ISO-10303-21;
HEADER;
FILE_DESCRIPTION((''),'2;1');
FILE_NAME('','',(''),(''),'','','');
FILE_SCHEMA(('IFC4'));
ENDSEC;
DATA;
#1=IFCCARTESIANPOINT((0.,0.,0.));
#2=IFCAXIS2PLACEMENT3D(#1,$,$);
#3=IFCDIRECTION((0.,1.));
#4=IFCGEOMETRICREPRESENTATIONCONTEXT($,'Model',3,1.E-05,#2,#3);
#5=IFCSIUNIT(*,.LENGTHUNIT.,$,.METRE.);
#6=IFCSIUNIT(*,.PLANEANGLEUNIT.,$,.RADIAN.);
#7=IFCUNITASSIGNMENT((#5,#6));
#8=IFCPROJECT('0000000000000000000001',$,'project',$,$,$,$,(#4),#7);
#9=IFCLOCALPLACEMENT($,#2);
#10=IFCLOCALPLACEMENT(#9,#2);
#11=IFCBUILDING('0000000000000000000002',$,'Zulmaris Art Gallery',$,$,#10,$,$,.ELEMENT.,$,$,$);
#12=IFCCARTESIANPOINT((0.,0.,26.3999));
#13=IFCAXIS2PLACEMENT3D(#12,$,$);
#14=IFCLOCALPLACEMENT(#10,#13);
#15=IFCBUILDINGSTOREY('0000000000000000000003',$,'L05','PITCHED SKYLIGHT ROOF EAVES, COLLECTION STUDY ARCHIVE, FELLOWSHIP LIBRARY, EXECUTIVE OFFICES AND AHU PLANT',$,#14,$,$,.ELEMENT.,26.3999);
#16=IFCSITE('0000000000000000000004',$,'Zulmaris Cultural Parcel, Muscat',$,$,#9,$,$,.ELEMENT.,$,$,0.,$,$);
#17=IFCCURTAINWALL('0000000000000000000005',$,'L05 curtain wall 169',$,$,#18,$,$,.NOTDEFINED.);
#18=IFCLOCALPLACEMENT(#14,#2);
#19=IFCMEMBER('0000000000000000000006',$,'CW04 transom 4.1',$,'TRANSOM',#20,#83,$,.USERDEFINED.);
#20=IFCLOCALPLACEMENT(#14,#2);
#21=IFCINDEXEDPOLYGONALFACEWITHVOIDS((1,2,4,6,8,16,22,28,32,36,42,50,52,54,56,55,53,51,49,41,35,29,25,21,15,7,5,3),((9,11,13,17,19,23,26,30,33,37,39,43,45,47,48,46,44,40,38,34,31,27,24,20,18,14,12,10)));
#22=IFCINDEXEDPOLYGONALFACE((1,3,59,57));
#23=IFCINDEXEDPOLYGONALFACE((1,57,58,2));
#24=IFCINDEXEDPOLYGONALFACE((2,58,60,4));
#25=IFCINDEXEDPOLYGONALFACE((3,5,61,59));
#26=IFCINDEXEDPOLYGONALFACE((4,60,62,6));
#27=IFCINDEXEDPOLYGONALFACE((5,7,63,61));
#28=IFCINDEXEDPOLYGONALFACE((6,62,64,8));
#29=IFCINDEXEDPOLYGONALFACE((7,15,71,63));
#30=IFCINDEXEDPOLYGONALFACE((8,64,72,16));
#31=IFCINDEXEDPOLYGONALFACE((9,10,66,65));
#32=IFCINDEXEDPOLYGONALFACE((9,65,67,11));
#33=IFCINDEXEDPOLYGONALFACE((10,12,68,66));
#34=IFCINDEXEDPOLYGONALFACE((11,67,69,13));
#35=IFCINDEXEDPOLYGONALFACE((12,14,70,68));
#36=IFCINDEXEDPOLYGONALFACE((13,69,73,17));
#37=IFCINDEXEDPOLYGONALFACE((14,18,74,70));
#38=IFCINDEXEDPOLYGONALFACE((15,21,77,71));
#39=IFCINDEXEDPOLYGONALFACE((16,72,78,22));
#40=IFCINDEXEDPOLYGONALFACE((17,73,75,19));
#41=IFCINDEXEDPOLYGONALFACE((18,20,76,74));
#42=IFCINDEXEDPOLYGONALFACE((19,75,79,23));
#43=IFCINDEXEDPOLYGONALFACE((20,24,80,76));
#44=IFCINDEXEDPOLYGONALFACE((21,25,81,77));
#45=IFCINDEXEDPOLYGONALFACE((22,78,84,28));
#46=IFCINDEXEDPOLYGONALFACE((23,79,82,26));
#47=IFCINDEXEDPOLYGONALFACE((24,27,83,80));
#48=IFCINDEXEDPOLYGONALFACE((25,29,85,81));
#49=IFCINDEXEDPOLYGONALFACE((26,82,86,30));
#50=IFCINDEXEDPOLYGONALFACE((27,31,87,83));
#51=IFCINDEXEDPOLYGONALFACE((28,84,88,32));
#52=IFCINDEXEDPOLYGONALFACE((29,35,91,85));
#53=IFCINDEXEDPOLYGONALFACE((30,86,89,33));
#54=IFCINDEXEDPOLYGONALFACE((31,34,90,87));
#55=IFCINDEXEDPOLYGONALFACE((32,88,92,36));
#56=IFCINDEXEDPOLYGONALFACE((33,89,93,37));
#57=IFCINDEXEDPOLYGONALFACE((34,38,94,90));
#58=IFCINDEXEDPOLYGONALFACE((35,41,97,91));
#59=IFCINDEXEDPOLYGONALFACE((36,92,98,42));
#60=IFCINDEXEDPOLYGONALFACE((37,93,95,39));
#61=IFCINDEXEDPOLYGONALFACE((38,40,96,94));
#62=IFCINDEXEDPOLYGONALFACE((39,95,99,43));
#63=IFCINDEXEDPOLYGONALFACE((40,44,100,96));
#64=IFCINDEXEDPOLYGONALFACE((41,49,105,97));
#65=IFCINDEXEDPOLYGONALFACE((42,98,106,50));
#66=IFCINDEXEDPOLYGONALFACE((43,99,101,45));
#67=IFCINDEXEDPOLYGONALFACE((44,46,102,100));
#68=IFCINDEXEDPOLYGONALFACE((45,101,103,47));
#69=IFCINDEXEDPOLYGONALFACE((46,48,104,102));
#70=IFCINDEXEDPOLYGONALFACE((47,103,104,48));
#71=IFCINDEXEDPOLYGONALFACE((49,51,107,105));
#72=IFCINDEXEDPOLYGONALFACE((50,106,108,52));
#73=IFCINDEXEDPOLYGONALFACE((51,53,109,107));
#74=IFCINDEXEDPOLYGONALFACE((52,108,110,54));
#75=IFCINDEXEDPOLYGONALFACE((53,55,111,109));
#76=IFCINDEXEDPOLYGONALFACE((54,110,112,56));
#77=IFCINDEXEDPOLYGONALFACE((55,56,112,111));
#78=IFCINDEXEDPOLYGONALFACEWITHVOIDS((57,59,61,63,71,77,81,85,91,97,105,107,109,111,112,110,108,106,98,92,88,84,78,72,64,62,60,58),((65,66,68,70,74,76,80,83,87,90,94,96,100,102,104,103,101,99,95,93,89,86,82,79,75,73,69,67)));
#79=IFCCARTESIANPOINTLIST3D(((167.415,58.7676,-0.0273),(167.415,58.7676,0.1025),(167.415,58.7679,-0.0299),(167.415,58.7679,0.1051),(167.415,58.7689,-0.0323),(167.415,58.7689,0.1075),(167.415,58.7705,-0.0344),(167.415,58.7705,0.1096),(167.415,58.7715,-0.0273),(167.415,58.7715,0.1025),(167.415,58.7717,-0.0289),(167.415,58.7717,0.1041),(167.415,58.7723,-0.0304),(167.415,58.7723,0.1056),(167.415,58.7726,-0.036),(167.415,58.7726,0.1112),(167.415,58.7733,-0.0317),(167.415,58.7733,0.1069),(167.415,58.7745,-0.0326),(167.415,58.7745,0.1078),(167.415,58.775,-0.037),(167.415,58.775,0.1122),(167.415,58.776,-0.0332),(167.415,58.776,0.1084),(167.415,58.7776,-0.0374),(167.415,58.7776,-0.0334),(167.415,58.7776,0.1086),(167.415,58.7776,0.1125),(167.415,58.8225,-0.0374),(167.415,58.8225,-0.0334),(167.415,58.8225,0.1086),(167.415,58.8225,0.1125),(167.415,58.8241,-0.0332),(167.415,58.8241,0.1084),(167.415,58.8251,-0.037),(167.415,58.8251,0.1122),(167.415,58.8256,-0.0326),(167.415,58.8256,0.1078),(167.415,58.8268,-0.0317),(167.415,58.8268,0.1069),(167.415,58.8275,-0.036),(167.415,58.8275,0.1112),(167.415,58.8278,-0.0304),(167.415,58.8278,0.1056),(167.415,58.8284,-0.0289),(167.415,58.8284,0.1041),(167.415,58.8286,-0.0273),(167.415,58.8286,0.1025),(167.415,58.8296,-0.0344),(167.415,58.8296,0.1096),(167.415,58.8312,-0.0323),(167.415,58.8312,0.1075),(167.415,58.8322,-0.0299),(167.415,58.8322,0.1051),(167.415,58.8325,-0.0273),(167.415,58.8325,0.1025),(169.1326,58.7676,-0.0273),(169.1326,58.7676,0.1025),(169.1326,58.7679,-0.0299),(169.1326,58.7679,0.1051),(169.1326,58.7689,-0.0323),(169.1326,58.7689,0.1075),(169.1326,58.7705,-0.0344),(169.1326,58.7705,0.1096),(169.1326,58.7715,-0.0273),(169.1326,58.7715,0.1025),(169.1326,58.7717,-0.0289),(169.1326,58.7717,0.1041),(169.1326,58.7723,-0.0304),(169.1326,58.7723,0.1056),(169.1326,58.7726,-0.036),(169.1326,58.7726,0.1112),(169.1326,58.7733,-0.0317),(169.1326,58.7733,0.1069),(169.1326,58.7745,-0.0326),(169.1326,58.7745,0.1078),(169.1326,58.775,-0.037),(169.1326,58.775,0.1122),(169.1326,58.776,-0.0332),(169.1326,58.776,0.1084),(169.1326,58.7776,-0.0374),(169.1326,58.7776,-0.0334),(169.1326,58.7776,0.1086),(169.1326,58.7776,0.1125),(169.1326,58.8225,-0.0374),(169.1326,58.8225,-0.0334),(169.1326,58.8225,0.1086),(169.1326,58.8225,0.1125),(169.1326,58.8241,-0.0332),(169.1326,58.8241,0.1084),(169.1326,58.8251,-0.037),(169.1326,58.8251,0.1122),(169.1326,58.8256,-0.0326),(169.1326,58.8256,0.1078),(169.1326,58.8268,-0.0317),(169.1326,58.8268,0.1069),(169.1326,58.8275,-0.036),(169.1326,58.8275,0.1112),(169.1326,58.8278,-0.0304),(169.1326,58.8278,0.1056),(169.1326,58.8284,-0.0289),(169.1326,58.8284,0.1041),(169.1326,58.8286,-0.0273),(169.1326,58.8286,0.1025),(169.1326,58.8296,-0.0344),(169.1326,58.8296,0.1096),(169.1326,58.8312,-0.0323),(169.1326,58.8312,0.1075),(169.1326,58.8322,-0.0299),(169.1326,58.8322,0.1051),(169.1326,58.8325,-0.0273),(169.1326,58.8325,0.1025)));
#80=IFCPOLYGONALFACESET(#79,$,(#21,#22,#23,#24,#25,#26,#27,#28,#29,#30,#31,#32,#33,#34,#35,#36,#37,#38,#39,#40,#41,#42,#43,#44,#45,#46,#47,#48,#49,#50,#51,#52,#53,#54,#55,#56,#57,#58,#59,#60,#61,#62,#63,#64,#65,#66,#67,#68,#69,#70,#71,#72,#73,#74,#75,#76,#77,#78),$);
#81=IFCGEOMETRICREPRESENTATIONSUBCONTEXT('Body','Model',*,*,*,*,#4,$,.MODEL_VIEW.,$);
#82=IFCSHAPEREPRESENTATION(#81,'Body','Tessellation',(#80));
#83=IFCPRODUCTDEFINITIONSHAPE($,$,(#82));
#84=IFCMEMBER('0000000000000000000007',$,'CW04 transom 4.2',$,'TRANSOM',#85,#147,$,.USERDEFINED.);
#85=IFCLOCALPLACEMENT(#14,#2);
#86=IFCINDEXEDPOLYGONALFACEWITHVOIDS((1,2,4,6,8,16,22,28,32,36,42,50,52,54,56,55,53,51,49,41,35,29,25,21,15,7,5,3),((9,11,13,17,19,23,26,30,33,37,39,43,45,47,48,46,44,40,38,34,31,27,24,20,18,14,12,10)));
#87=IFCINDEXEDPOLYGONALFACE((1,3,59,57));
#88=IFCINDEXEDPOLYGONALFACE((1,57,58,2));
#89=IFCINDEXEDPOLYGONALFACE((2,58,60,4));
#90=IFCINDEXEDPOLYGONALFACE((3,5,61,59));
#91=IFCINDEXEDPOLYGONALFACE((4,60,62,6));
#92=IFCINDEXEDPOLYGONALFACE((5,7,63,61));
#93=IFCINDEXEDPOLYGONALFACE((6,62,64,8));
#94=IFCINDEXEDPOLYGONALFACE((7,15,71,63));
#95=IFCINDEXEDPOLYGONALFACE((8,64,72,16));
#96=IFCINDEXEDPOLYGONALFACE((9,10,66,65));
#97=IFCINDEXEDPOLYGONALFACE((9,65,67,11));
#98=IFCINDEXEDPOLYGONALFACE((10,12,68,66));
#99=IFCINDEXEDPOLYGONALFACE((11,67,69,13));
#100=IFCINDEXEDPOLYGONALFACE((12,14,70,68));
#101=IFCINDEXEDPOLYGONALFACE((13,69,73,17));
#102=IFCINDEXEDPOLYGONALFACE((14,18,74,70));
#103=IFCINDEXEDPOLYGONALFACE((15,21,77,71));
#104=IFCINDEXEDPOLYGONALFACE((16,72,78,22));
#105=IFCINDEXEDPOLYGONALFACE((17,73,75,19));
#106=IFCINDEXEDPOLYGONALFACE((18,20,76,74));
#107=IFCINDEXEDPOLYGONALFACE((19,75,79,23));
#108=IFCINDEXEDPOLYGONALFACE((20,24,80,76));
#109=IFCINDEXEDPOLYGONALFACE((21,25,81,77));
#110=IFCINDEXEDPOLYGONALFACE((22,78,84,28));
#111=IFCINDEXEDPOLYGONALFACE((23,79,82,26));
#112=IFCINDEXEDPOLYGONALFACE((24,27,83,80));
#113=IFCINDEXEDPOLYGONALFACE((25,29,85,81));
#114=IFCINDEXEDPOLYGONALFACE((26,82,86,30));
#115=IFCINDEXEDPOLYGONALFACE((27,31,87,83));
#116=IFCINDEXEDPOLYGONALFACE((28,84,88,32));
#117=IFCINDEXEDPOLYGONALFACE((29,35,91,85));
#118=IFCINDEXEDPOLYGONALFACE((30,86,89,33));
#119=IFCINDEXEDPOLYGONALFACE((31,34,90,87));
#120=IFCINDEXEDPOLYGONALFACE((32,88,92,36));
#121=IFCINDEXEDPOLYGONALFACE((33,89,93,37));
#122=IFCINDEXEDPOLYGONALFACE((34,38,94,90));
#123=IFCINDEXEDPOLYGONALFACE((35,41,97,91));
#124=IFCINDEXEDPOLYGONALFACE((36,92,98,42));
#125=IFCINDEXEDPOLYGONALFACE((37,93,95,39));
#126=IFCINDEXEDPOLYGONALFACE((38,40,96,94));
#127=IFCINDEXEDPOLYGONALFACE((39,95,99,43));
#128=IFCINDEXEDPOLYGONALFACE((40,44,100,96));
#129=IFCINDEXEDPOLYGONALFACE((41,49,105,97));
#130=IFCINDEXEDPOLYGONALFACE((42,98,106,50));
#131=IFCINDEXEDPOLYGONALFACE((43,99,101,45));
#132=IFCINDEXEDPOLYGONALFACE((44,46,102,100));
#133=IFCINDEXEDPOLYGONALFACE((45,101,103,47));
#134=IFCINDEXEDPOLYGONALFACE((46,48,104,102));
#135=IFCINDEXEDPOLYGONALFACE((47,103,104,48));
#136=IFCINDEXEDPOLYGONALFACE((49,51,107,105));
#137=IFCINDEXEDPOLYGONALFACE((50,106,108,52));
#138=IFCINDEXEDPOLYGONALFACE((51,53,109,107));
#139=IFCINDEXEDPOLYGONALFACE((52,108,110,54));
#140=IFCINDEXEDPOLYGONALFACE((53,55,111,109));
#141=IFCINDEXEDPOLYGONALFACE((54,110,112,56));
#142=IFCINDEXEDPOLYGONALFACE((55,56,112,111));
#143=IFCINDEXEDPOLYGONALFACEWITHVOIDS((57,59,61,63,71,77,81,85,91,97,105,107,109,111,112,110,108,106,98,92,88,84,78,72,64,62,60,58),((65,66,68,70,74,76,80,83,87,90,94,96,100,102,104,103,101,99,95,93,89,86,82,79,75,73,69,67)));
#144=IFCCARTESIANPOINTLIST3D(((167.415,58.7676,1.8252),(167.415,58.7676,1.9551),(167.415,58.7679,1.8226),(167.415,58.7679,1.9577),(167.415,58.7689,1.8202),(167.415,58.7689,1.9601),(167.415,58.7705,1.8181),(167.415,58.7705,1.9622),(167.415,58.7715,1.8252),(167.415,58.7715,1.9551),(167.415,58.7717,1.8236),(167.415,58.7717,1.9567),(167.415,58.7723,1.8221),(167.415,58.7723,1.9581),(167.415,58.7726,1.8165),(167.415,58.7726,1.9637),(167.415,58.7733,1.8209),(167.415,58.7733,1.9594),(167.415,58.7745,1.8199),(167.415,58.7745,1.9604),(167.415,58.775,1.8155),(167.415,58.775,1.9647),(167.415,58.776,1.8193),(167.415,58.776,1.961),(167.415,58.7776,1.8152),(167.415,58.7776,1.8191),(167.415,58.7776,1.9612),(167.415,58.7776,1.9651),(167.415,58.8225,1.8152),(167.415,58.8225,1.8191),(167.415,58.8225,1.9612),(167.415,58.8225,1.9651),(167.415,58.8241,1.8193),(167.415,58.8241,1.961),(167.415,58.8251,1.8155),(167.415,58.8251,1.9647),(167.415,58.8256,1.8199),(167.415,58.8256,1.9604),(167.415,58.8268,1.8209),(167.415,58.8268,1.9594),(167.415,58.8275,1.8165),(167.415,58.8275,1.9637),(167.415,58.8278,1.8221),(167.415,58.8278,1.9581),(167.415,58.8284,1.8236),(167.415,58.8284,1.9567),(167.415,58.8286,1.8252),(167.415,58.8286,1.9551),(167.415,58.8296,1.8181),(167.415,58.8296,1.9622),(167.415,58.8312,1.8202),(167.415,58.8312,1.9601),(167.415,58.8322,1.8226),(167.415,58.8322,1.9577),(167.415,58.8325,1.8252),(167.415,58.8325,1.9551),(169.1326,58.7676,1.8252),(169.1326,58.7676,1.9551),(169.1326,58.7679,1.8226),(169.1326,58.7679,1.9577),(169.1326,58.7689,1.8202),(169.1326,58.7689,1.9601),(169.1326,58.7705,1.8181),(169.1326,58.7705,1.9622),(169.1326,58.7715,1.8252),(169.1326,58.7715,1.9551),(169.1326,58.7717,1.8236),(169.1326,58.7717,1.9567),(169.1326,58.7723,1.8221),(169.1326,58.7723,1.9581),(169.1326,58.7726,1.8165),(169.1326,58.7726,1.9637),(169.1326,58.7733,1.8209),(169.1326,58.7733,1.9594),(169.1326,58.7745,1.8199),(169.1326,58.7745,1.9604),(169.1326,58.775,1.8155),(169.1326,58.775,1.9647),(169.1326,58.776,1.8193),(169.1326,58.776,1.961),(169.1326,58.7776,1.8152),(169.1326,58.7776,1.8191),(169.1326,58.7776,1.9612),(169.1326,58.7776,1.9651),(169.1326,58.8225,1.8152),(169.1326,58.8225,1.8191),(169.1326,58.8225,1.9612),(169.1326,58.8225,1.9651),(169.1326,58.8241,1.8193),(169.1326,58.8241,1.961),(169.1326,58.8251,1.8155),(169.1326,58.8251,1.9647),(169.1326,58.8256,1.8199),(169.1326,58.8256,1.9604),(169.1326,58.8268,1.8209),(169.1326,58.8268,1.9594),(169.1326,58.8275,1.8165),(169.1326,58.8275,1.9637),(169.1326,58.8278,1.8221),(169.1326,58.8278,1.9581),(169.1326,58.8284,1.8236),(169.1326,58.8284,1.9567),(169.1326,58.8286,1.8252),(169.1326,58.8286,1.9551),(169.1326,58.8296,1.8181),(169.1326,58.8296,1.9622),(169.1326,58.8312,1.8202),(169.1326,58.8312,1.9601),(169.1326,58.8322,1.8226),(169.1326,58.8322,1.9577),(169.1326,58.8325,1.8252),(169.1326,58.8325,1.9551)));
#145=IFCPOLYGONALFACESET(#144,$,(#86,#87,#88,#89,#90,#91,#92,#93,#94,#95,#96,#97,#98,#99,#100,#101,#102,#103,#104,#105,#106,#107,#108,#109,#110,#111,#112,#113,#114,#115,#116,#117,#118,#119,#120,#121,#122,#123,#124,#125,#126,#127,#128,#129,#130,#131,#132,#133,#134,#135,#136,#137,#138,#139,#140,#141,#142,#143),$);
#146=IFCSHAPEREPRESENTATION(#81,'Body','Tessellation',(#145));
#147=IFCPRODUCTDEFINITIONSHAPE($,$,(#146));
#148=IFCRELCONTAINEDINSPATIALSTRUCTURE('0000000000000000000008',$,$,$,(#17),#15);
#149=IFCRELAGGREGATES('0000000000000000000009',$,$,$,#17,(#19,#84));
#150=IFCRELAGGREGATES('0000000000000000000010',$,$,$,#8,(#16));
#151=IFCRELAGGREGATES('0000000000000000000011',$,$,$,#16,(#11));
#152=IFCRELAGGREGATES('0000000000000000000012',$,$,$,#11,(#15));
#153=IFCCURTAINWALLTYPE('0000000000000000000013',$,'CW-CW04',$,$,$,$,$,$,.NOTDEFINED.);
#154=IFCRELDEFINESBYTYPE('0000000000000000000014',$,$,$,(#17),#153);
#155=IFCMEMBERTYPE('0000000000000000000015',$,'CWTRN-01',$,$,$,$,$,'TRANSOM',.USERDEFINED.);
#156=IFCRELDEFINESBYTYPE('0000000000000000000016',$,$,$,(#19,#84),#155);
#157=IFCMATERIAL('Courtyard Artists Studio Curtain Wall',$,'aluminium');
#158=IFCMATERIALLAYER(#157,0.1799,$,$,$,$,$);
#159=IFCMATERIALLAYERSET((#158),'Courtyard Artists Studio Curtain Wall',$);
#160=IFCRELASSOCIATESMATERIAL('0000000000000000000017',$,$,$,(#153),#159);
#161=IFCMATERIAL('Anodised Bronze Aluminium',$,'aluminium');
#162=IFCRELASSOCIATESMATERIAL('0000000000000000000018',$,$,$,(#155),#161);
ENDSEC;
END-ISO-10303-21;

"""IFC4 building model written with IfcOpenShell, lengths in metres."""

from ifc_helpers import new_model, si_unit, direction, frame, origin, origin_2d, place, context, subcontext, project, spatial, hollow_rectangle, extrude, material, layer, layer_set, material_profile, profile_set, type_object, element, aggregate, save


model = new_model("IFC4")

# Units and contexts
model_context = context("Model", 3, precision=1e-05, world=origin(), true_north=direction((0.0, 1.0)))
body_context = subcontext(model_context, "Body", "Model", "MODEL_VIEW")
ifc_project = project(units=[si_unit("LENGTHUNIT", "METRE"), si_unit("PLANEANGLEUNIT", "RADIAN")], contexts=[model_context])

# Site, building, storey
site_placement = place(None, origin())
site = spatial("IfcSite", under=ifc_project, at=site_placement, Name="Zulmaris Cultural Parcel, Muscat", CompositionType="ELEMENT", RefElevation=0.0)
building_placement = place(site_placement, origin())
building = spatial("IfcBuilding", under=site, at=building_placement, Name="Zulmaris Art Gallery", CompositionType="ELEMENT")
storey_placement = place(building_placement, frame((0.0, 0.0, 26.3999)))
storey = spatial("IfcBuildingStorey", under=building, at=storey_placement, Name="L05", Description="PITCHED SKYLIGHT ROOF EAVES, COLLECTION STUDY ARCHIVE, FELLOWSHIP LIBRARY, EXECUTIVE OFFICES AND AHU PLANT", CompositionType="ELEMENT", Elevation=26.3999)

# Curtain wall
ifc_material_1 = material(Name="Courtyard Artists Studio Curtain Wall", Category="aluminium")
ifc_layer_1 = layer(ifc_material_1, 0.1799)
ifc_layer_set_1 = layer_set([ifc_layer_1], Name="Courtyard Artists Studio Curtain Wall")
curtain_wall_type = type_object("IfcCurtainWallType", Name="CW-CW04", PredefinedType="NOTDEFINED", material=ifc_layer_set_1)
ifc_material_2 = material(Name="Anodised Bronze Aluminium", Category="aluminium")
curtain_wall_1_placement = place(storey_placement, origin())
curtain_wall_1 = element("IfcCurtainWall", 1, at=curtain_wall_1_placement, inside=storey, type_object=curtain_wall_type, Name="L05 curtain wall 169", PredefinedType="NOTDEFINED")

# Members
ifc_material_profile_1 = material_profile(ifc_material_2, hollow_rectangle(XDim=0.0649, YDim=0.1499, WallThickness=0.0039, InnerFilletRadius=0.0061, OuterFilletRadius=0.01, at=origin_2d()), Name="ALU 65x150x4")
ifc_profile_set_1 = profile_set([ifc_material_profile_1], Name="Anodised Bronze Aluminium")
member_type_1 = type_object("IfcMemberType", Name="CWTRN-01", ElementType="TRANSOM", PredefinedType="USERDEFINED", material=ifc_profile_set_1)
member_1_placement = place(storey_placement, frame((169.1326, 58.8, 0.0376), z_axis=(-1.0, 0.0, 0.0), x_axis=(0.0, -1.0, 0.0)))
member_1 = element("IfcMember", 2, at=member_1_placement, type_object=member_type_1, Name="CW04 transom 4.1", ObjectType="TRANSOM", PredefinedType="USERDEFINED", context=body_context, shape_type="SweptSolid", body=[
    extrude(hollow_rectangle(XDim=0.0649, YDim=0.1499, WallThickness=0.0039, InnerFilletRadius=0.0061, OuterFilletRadius=0.01, at=origin_2d()), origin(), (0.0, 0.0, 1.0), 1.7175),
])
member_2_placement = place(storey_placement, frame((169.1326, 58.8, 1.8901), z_axis=(-1.0, 0.0, 0.0), x_axis=(0.0, -1.0, 0.0)))
member_2 = element("IfcMember", 3, at=member_2_placement, type_object=member_type_1, Name="CW04 transom 4.2", ObjectType="TRANSOM", PredefinedType="USERDEFINED", context=body_context, shape_type="SweptSolid", body=[
    extrude(hollow_rectangle(XDim=0.0649, YDim=0.1499, WallThickness=0.0039, InnerFilletRadius=0.0061, OuterFilletRadius=0.01, at=origin_2d()), origin(), (0.0, 0.0, 1.0), 1.7175),
])

aggregate(curtain_wall_1, [member_1, member_2])

save(model, "model.ifc")
